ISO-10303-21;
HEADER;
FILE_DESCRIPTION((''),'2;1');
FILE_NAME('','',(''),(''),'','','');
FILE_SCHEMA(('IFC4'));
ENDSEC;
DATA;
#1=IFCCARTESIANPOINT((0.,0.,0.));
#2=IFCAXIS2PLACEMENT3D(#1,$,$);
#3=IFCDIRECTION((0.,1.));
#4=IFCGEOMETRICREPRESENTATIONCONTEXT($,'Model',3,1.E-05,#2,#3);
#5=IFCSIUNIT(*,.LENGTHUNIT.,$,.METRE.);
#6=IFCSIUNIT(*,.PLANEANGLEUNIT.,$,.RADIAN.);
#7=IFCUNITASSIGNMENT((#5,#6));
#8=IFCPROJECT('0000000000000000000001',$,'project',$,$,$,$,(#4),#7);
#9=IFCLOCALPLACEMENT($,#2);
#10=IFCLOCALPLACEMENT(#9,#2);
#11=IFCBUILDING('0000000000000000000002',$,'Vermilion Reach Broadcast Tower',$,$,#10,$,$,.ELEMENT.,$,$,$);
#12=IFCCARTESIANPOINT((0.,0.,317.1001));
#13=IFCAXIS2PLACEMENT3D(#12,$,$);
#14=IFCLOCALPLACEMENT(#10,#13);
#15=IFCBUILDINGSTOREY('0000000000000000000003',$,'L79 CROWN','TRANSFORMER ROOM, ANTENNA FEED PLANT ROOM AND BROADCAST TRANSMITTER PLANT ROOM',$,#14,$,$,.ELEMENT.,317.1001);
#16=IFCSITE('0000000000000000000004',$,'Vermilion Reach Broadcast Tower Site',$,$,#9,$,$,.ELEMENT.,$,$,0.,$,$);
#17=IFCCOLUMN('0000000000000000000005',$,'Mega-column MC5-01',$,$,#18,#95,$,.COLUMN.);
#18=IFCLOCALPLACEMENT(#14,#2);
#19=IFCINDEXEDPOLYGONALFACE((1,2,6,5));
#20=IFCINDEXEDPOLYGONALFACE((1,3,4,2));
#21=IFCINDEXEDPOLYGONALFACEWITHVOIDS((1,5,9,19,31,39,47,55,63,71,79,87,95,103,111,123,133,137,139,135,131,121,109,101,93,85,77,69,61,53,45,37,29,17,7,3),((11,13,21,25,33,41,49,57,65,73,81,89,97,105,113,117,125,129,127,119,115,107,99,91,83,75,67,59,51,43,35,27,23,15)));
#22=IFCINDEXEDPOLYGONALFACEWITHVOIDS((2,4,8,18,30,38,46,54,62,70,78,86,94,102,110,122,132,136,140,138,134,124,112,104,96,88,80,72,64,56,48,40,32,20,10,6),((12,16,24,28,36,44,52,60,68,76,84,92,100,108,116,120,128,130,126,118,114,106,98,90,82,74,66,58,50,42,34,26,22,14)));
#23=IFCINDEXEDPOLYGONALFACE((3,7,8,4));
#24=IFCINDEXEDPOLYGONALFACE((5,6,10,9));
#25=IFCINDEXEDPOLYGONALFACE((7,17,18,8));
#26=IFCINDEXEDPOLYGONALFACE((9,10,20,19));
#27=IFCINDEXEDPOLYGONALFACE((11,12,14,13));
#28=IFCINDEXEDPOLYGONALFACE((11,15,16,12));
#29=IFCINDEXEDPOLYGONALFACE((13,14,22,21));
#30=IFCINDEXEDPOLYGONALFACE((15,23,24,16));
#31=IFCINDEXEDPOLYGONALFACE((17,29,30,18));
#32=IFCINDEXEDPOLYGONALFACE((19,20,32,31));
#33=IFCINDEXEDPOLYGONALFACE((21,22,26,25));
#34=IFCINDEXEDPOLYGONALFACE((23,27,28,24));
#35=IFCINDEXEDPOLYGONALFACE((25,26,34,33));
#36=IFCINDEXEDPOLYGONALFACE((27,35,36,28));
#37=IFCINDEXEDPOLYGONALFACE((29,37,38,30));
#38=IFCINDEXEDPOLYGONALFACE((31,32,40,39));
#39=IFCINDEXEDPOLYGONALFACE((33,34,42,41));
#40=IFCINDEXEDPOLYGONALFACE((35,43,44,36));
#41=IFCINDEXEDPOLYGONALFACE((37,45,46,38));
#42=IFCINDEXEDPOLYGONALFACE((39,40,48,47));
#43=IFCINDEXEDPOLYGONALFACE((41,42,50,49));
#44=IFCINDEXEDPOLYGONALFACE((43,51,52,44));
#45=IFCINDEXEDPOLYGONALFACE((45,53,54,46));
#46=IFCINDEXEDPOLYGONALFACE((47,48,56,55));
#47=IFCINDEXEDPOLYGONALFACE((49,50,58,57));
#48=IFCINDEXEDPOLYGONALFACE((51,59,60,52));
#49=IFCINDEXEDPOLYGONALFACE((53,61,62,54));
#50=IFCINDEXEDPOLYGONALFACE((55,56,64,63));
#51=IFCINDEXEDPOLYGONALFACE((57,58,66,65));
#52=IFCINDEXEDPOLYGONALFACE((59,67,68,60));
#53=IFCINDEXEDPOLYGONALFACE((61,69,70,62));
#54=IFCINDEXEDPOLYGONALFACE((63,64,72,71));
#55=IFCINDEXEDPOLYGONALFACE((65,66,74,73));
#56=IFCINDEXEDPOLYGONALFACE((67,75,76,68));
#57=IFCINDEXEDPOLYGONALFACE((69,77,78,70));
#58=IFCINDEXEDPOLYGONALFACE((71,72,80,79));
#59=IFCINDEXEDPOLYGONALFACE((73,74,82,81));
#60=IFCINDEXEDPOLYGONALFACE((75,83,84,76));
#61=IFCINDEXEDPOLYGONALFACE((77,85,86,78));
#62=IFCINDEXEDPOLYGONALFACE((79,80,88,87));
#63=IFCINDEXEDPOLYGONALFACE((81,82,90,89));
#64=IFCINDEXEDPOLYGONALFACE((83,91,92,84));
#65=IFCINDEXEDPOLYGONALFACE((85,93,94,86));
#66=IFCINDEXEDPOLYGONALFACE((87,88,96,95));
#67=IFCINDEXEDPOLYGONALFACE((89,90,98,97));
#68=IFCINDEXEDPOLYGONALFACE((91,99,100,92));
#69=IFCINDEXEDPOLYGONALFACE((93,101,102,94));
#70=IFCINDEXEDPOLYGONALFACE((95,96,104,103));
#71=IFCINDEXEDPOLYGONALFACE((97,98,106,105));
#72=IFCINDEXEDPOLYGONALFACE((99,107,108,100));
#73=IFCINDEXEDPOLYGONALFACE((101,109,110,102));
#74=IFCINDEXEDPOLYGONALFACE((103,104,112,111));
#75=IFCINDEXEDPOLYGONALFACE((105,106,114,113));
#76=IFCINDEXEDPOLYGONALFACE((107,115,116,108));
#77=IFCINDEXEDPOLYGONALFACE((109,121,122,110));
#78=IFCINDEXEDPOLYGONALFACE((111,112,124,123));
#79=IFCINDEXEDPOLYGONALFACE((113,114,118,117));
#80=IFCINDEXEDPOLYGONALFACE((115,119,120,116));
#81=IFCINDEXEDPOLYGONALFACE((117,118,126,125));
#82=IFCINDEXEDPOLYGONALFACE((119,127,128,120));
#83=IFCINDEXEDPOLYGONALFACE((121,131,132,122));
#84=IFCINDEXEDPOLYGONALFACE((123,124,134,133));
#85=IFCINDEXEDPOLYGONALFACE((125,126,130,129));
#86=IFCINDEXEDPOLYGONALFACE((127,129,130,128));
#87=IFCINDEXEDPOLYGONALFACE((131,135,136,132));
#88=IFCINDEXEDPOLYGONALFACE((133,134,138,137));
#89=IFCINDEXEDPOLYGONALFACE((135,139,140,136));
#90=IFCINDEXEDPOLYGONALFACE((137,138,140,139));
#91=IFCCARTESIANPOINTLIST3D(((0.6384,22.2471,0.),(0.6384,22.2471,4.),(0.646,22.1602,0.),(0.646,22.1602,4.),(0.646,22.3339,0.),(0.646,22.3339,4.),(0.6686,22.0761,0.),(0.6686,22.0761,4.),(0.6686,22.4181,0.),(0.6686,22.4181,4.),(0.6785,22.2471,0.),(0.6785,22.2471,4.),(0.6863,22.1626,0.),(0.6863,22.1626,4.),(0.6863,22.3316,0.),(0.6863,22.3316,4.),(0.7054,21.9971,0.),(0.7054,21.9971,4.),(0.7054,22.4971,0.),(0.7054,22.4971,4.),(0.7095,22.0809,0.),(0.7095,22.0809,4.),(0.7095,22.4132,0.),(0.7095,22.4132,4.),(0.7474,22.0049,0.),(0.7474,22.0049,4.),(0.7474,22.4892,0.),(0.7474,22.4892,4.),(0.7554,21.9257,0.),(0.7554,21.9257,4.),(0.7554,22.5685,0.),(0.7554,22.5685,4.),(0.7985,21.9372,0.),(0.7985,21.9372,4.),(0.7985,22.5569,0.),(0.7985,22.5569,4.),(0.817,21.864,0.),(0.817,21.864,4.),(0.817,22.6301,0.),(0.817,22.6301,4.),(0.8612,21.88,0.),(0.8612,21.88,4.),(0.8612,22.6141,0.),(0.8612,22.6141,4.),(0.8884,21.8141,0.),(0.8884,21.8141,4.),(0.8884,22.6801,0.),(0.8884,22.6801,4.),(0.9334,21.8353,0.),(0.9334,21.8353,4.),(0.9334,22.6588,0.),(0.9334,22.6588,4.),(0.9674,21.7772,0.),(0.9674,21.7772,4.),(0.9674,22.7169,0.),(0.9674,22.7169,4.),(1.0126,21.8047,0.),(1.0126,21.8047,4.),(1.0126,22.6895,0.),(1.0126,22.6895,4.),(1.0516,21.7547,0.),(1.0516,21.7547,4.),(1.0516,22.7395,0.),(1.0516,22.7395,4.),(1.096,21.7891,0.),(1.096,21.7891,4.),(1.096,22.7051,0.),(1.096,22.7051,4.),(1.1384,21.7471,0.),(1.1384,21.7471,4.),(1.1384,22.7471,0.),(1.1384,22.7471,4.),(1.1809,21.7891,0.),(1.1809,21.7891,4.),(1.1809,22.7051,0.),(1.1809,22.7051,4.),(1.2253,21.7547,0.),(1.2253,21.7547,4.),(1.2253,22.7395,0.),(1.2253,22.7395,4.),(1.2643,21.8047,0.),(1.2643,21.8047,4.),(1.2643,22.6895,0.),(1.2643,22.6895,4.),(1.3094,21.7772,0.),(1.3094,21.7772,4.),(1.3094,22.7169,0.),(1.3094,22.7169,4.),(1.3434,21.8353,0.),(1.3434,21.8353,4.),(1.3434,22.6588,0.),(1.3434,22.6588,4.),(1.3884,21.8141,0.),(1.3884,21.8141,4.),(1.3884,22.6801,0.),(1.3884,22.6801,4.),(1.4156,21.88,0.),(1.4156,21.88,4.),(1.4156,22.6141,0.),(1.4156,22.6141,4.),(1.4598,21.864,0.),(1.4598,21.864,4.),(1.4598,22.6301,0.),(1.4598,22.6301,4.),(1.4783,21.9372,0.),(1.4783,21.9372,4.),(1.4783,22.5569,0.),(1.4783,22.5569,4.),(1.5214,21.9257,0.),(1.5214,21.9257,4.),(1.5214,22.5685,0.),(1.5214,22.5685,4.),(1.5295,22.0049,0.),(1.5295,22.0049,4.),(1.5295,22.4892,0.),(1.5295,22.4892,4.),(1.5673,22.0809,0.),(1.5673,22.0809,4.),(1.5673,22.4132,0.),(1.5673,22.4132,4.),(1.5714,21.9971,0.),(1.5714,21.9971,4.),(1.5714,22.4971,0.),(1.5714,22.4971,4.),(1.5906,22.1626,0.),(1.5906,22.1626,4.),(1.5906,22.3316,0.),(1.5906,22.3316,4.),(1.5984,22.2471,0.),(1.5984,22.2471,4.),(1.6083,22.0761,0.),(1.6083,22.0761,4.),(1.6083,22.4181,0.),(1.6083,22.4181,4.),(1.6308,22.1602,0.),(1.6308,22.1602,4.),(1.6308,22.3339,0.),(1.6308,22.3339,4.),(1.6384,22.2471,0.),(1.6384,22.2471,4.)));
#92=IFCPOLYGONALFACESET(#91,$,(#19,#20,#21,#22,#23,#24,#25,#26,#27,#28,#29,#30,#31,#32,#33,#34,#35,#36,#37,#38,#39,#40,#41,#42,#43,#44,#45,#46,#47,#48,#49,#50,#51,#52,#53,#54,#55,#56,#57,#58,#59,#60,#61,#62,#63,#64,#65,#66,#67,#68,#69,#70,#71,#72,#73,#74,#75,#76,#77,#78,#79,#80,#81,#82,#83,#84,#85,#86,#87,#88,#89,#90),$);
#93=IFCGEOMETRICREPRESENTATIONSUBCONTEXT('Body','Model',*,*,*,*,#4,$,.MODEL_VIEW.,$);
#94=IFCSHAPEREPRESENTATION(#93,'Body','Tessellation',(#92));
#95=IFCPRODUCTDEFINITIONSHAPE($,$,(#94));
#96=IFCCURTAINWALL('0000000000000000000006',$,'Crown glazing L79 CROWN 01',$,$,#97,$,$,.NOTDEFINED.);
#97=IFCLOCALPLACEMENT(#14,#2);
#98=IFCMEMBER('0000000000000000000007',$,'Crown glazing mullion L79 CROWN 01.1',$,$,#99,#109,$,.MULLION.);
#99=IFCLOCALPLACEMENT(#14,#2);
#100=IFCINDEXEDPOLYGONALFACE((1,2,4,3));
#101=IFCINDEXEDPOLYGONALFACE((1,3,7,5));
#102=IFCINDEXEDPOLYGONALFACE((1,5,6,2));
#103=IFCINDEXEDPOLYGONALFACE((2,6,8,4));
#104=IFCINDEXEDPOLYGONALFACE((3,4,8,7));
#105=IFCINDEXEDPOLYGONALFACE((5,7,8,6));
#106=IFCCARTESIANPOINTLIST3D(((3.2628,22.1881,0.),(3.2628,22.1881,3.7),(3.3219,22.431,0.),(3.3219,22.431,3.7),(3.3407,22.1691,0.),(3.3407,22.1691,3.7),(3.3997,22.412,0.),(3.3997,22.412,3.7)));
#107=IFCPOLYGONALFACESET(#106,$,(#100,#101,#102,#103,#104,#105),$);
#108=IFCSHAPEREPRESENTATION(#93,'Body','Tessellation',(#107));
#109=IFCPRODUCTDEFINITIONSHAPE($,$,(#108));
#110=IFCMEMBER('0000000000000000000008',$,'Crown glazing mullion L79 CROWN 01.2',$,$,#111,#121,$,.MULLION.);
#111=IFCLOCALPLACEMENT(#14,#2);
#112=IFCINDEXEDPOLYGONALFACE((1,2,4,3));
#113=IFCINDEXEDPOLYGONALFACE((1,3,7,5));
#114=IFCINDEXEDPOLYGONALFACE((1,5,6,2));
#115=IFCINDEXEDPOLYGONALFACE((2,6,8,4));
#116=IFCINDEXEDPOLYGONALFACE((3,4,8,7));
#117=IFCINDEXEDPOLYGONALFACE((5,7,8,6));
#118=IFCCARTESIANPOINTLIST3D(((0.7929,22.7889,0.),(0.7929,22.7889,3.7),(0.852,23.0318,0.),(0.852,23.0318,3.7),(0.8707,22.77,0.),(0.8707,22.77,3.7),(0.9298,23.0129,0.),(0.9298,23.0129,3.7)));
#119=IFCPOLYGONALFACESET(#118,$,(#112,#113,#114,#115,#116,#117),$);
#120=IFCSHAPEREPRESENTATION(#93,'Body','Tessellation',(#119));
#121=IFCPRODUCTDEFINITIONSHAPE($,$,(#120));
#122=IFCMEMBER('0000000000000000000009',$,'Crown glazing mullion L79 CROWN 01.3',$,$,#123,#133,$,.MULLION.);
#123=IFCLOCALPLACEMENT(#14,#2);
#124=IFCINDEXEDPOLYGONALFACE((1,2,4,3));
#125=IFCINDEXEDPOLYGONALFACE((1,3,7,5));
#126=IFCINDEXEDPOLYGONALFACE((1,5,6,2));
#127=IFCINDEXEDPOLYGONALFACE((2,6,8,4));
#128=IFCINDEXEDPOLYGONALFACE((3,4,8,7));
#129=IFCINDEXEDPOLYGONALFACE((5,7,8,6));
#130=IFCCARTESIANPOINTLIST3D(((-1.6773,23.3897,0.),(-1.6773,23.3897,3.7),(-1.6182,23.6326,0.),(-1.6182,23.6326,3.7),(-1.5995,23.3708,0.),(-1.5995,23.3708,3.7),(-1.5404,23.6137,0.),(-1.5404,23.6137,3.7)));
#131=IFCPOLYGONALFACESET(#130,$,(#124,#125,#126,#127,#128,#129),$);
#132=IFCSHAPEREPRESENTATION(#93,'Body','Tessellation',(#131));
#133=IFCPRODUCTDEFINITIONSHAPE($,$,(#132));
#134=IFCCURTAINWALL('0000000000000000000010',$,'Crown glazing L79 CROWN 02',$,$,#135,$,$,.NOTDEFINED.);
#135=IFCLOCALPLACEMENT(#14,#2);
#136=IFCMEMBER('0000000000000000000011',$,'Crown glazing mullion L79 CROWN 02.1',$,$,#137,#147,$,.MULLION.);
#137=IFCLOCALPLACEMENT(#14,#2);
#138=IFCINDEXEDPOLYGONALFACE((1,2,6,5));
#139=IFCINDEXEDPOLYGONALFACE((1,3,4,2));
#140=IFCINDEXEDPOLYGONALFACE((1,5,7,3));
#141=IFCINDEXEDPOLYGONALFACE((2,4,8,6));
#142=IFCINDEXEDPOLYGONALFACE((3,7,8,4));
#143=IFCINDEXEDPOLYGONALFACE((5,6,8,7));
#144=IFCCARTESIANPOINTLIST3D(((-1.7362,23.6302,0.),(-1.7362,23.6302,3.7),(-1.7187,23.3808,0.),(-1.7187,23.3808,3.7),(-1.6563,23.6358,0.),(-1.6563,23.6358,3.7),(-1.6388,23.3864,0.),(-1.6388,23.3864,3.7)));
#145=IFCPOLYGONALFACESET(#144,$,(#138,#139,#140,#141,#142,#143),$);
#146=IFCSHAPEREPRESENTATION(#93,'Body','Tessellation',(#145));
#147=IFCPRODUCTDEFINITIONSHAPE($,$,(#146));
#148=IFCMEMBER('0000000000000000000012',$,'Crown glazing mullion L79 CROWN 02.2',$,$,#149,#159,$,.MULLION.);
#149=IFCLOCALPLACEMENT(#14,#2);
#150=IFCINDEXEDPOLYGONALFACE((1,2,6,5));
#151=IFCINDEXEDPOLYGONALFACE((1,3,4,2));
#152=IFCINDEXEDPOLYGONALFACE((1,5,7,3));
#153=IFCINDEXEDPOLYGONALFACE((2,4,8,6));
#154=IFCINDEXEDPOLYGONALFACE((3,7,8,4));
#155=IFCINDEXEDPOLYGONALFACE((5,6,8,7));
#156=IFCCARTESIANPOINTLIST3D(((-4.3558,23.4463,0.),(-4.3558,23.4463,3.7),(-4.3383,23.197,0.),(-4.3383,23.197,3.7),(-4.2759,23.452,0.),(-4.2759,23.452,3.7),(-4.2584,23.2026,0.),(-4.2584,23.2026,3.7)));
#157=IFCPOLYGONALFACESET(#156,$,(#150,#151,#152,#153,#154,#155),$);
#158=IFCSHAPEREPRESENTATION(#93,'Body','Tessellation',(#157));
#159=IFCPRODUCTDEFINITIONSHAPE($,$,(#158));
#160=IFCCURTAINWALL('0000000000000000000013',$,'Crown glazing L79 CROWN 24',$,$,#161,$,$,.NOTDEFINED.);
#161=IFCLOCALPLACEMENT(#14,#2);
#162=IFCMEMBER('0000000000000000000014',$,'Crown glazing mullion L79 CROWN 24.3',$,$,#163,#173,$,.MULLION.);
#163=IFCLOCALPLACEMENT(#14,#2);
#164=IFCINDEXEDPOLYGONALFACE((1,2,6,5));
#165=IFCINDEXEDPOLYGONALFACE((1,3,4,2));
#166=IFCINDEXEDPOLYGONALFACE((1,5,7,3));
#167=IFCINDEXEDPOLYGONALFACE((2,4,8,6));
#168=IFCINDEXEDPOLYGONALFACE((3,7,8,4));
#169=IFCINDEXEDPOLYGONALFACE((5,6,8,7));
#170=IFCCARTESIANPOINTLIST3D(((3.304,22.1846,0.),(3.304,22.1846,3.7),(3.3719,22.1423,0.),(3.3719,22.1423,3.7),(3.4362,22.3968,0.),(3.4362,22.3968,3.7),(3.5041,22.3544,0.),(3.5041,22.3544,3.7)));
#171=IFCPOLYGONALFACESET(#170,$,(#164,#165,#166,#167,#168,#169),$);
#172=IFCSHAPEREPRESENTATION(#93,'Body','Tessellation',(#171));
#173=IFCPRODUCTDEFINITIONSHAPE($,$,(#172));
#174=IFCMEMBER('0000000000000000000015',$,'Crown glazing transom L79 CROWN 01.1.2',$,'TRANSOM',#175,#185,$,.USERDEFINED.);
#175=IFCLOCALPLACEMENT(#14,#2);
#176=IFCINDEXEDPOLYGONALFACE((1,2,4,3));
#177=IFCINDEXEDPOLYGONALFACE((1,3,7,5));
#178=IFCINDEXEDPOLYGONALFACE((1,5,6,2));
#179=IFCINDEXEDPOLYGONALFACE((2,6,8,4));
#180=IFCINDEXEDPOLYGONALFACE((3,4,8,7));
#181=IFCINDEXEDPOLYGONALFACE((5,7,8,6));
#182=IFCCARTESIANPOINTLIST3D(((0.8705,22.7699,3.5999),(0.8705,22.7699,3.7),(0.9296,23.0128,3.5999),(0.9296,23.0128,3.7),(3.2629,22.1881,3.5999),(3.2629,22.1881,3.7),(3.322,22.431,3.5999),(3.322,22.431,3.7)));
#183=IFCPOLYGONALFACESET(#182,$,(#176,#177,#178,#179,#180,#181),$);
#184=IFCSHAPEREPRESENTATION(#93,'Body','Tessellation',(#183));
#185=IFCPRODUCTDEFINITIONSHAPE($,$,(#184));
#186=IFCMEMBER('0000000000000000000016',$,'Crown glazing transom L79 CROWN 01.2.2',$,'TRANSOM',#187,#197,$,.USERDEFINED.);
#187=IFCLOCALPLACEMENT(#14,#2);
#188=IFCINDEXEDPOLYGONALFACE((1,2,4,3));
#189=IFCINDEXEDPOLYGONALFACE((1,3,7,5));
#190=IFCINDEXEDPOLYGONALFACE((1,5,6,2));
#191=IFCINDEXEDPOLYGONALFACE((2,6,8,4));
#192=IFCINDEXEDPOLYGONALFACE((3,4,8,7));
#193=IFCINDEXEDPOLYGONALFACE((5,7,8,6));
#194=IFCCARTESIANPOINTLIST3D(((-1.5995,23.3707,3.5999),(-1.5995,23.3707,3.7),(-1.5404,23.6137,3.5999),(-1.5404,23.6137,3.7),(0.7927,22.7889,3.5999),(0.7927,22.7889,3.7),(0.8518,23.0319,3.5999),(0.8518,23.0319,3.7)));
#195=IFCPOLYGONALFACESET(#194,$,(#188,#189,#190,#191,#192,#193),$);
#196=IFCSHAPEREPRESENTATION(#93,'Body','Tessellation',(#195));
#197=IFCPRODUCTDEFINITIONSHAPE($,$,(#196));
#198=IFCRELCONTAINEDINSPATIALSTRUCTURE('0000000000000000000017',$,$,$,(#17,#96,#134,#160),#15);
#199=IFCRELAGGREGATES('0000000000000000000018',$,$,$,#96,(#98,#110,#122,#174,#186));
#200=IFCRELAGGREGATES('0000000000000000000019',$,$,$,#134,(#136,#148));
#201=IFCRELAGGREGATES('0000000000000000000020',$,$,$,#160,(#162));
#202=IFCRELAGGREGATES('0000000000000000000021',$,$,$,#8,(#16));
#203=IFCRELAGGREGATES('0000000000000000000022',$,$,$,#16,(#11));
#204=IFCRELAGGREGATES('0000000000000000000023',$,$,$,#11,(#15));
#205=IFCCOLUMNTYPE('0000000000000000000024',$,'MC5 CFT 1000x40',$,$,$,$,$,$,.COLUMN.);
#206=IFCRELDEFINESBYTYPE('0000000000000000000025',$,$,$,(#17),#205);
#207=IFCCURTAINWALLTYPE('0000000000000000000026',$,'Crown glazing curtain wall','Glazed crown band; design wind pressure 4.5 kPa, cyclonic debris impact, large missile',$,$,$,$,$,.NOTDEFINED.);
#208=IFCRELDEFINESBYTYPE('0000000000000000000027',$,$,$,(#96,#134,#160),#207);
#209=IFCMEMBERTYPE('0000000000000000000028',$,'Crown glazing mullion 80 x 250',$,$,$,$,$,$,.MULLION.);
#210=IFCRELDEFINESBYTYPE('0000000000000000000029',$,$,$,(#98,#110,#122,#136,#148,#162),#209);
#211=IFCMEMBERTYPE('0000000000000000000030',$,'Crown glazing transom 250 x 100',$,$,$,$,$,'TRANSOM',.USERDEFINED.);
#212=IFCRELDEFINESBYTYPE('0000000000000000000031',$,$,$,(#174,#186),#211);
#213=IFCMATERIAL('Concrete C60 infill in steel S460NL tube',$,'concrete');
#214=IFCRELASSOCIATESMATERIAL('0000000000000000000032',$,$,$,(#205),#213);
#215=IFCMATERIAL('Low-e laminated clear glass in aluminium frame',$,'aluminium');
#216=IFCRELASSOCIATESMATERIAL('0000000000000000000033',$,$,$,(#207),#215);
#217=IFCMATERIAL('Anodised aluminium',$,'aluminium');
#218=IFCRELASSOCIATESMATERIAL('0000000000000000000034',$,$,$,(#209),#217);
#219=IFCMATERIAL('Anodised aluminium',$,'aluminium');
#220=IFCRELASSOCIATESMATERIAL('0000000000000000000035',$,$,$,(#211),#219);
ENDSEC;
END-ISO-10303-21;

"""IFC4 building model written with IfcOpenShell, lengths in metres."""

from ifc_helpers import new_model, si_unit, direction, frame, origin, origin_2d, place, context, subcontext, project, spatial, rectangle, hollow_circle, extrude, material, material_profile, profile_set, type_object, element, aggregate, save


model = new_model("IFC4")

# Units and contexts
model_context = context("Model", 3, precision=1e-05, world=origin(), true_north=direction((0.0, 1.0)))
body_context = subcontext(model_context, "Body", "Model", "MODEL_VIEW")
ifc_project = project(units=[si_unit("LENGTHUNIT", "METRE"), si_unit("PLANEANGLEUNIT", "RADIAN")], contexts=[model_context])

# Site, building, storey
site_placement = place(None, origin())
site = spatial("IfcSite", under=ifc_project, at=site_placement, Name="Vermilion Reach Broadcast Tower Site", CompositionType="ELEMENT", RefElevation=0.0)
building_placement = place(site_placement, origin())
building = spatial("IfcBuilding", under=site, at=building_placement, Name="Vermilion Reach Broadcast Tower", CompositionType="ELEMENT")
storey_placement = place(building_placement, frame((0.0, 0.0, 317.1001)))
storey = spatial("IfcBuildingStorey", under=building, at=storey_placement, Name="L79 CROWN", Description="TRANSFORMER ROOM, ANTENNA FEED PLANT ROOM AND BROADCAST TRANSMITTER PLANT ROOM", CompositionType="ELEMENT", Elevation=317.1001)

# Column
ifc_material_1 = material(Name="Concrete C60 infill in steel S460NL tube", Category="concrete")
ifc_material_profile_1 = material_profile(ifc_material_1, hollow_circle(Radius=0.5, WallThickness=0.04, at=origin_2d()), Name="Concrete C60 infill in steel S460NL tube CFT 1000x40")
ifc_profile_set_1 = profile_set([ifc_material_profile_1], Name="Concrete C60 infill in steel S460NL tube")
column_type = type_object("IfcColumnType", Name="MC5 CFT 1000x40", PredefinedType="COLUMN", material=ifc_profile_set_1)
column_placement = place(storey_placement, frame((1.1384, 22.2471, 0.0), z_axis=(0.0, 0.0, 1.0), x_axis=(1.0, 0.0, 0.0)))
element("IfcColumn", 1, at=column_placement, inside=storey, type_object=column_type, Name="Mega-column MC5-01", PredefinedType="COLUMN", context=body_context, shape_type="SweptSolid", body=[
    extrude(hollow_circle(Radius=0.5, WallThickness=0.04, at=origin_2d()), origin(), (0.0, 0.0, 1.0), 4.0),
])

# Curtain walls, members
ifc_material_2 = material(Name="Low-e laminated clear glass in aluminium frame", Category="aluminium")
curtain_wall_type = type_object("IfcCurtainWallType", Name="Crown glazing curtain wall", Description="Glazed crown band; design wind pressure 4.5 kPa, cyclonic debris impact, large missile", PredefinedType="NOTDEFINED", material=ifc_material_2)
placement = place(storey_placement, origin())
curtain_wall_1 = element("IfcCurtainWall", 2, at=placement, inside=storey, type_object=curtain_wall_type, Name="Crown glazing L79 CROWN 01", PredefinedType="NOTDEFINED")
ifc_material_3 = material(Name="Anodised aluminium", Category="aluminium")
ifc_material_profile_2 = material_profile(ifc_material_3, rectangle(XDim=0.25, YDim=0.0801, at=origin_2d()), Name="Crown glazing mullion 80 x 250")
ifc_profile_set_2 = profile_set([ifc_material_profile_2], Name="Anodised aluminium")
member_type_1 = type_object("IfcMemberType", Name="Crown glazing mullion 80 x 250", PredefinedType="MULLION", material=ifc_profile_set_2)
member_1_placement = place(storey_placement, frame((3.3313, 22.3, 0.0), z_axis=(0.0, 0.0, 1.0), x_axis=(-0.236354, -0.971667, 0.0)))
member_1 = element("IfcMember", 3, at=member_1_placement, type_object=member_type_1, Name="Crown glazing mullion L79 CROWN 01.1", PredefinedType="MULLION", context=body_context, shape_type="SweptSolid", body=[
    extrude(rectangle(XDim=0.25, YDim=0.0801, at=origin_2d()), origin(), (0.0, 0.0, 1.0), 3.7),
])
member_2_placement = place(storey_placement, frame((0.8613, 22.9009, 0.0), z_axis=(0.0, 0.0, 1.0), x_axis=(-0.236354, -0.971667, 0.0)))
member_2 = element("IfcMember", 4, at=member_2_placement, type_object=member_type_1, Name="Crown glazing mullion L79 CROWN 01.2", PredefinedType="MULLION", context=body_context, shape_type="SweptSolid", body=[
    extrude(rectangle(XDim=0.25, YDim=0.0801, at=origin_2d()), origin(), (0.0, 0.0, 1.0), 3.7),
])
member_3_placement = place(storey_placement, frame((-1.6089, 23.5017, 0.0), z_axis=(0.0, 0.0, 1.0), x_axis=(-0.236354, -0.971667, 0.0)))
member_3 = element("IfcMember", 5, at=member_3_placement, type_object=member_type_1, Name="Crown glazing mullion L79 CROWN 01.3", PredefinedType="MULLION", context=body_context, shape_type="SweptSolid", body=[
    extrude(rectangle(XDim=0.25, YDim=0.0801, at=origin_2d()), origin(), (0.0, 0.0, 1.0), 3.7),
])
curtain_wall_2 = element("IfcCurtainWall", 6, at=placement, inside=storey, type_object=curtain_wall_type, Name="Crown glazing L79 CROWN 02", PredefinedType="NOTDEFINED")
member_4_placement = place(storey_placement, frame((-1.6875, 23.5083, 0.0), z_axis=(0.0, 0.0, 1.0), x_axis=(0.070082, -0.997541, 0.0)))
member_4 = element("IfcMember", 7, at=member_4_placement, type_object=member_type_1, Name="Crown glazing mullion L79 CROWN 02.1", PredefinedType="MULLION", context=body_context, shape_type="SweptSolid", body=[
    extrude(rectangle(XDim=0.25, YDim=0.0801, at=origin_2d()), origin(), (0.0, 0.0, 1.0), 3.7),
])
member_5_placement = place(storey_placement, frame((-4.3071, 23.3245, 0.0), z_axis=(0.0, 0.0, 1.0), x_axis=(0.070082, -0.997541, 0.0)))
member_5 = element("IfcMember", 8, at=member_5_placement, type_object=member_type_1, Name="Crown glazing mullion L79 CROWN 02.2", PredefinedType="MULLION", context=body_context, shape_type="SweptSolid", body=[
    extrude(rectangle(XDim=0.25, YDim=0.0801, at=origin_2d()), origin(), (0.0, 0.0, 1.0), 3.7),
])

# Curtain wall, member
curtain_wall_3 = element("IfcCurtainWall", 9, at=placement, inside=storey, type_object=curtain_wall_type, Name="Crown glazing L79 CROWN 24", PredefinedType="NOTDEFINED")
member_6_placement = place(storey_placement, frame((3.4041, 22.2695, 0.0), z_axis=(0.0, 0.0, 1.0), x_axis=(-0.528861, -0.848708, 0.0)))
member_6 = element("IfcMember", 10, at=member_6_placement, type_object=member_type_1, Name="Crown glazing mullion L79 CROWN 24.3", PredefinedType="MULLION", context=body_context, shape_type="SweptSolid", body=[
    extrude(rectangle(XDim=0.25, YDim=0.0801, at=origin_2d()), origin(), (0.0, 0.0, 1.0), 3.7),
])

# Members
ifc_material_4 = material(Name="Anodised aluminium", Category="aluminium")
ifc_material_profile_3 = material_profile(ifc_material_4, rectangle(XDim=0.25, YDim=0.1001, at=origin_2d()), Name="Crown glazing transom 250 x 100")
ifc_profile_set_3 = profile_set([ifc_material_profile_3], Name="Anodised aluminium")
member_type_2 = type_object("IfcMemberType", Name="Crown glazing transom 250 x 100", ElementType="TRANSOM", PredefinedType="USERDEFINED", material=ifc_profile_set_3)
member_7_placement = place(storey_placement, frame((3.2925, 22.3096, 3.6499), z_axis=(-0.97168, 0.236301, 0.0), x_axis=(-0.236301, -0.97168, 0.0)))
member_7 = element("IfcMember", 11, at=member_7_placement, type_object=member_type_2, Name="Crown glazing transom L79 CROWN 01.1.2", ObjectType="TRANSOM", PredefinedType="USERDEFINED", context=body_context, shape_type="SweptSolid", body=[
    extrude(rectangle(XDim=0.25, YDim=0.1001, at=origin_2d()), origin(), (0.0, 0.0, 1.0), 2.4622),
])
member_8_placement = place(storey_placement, frame((0.8223, 22.9104, 3.6499), z_axis=(-0.971674, 0.236324, 0.0), x_axis=(-0.236324, -0.971674, 0.0)))
member_8 = element("IfcMember", 12, at=member_8_placement, type_object=member_type_2, Name="Crown glazing transom L79 CROWN 01.2.2", ObjectType="TRANSOM", PredefinedType="USERDEFINED", context=body_context, shape_type="SweptSolid", body=[
    extrude(rectangle(XDim=0.25, YDim=0.1001, at=origin_2d()), origin(), (0.0, 0.0, 1.0), 2.4619),
])

aggregate(curtain_wall_1, [member_1, member_2, member_3, member_7, member_8])
aggregate(curtain_wall_2, [member_4, member_5])
aggregate(curtain_wall_3, [member_6])

save(model, "model.ifc")
